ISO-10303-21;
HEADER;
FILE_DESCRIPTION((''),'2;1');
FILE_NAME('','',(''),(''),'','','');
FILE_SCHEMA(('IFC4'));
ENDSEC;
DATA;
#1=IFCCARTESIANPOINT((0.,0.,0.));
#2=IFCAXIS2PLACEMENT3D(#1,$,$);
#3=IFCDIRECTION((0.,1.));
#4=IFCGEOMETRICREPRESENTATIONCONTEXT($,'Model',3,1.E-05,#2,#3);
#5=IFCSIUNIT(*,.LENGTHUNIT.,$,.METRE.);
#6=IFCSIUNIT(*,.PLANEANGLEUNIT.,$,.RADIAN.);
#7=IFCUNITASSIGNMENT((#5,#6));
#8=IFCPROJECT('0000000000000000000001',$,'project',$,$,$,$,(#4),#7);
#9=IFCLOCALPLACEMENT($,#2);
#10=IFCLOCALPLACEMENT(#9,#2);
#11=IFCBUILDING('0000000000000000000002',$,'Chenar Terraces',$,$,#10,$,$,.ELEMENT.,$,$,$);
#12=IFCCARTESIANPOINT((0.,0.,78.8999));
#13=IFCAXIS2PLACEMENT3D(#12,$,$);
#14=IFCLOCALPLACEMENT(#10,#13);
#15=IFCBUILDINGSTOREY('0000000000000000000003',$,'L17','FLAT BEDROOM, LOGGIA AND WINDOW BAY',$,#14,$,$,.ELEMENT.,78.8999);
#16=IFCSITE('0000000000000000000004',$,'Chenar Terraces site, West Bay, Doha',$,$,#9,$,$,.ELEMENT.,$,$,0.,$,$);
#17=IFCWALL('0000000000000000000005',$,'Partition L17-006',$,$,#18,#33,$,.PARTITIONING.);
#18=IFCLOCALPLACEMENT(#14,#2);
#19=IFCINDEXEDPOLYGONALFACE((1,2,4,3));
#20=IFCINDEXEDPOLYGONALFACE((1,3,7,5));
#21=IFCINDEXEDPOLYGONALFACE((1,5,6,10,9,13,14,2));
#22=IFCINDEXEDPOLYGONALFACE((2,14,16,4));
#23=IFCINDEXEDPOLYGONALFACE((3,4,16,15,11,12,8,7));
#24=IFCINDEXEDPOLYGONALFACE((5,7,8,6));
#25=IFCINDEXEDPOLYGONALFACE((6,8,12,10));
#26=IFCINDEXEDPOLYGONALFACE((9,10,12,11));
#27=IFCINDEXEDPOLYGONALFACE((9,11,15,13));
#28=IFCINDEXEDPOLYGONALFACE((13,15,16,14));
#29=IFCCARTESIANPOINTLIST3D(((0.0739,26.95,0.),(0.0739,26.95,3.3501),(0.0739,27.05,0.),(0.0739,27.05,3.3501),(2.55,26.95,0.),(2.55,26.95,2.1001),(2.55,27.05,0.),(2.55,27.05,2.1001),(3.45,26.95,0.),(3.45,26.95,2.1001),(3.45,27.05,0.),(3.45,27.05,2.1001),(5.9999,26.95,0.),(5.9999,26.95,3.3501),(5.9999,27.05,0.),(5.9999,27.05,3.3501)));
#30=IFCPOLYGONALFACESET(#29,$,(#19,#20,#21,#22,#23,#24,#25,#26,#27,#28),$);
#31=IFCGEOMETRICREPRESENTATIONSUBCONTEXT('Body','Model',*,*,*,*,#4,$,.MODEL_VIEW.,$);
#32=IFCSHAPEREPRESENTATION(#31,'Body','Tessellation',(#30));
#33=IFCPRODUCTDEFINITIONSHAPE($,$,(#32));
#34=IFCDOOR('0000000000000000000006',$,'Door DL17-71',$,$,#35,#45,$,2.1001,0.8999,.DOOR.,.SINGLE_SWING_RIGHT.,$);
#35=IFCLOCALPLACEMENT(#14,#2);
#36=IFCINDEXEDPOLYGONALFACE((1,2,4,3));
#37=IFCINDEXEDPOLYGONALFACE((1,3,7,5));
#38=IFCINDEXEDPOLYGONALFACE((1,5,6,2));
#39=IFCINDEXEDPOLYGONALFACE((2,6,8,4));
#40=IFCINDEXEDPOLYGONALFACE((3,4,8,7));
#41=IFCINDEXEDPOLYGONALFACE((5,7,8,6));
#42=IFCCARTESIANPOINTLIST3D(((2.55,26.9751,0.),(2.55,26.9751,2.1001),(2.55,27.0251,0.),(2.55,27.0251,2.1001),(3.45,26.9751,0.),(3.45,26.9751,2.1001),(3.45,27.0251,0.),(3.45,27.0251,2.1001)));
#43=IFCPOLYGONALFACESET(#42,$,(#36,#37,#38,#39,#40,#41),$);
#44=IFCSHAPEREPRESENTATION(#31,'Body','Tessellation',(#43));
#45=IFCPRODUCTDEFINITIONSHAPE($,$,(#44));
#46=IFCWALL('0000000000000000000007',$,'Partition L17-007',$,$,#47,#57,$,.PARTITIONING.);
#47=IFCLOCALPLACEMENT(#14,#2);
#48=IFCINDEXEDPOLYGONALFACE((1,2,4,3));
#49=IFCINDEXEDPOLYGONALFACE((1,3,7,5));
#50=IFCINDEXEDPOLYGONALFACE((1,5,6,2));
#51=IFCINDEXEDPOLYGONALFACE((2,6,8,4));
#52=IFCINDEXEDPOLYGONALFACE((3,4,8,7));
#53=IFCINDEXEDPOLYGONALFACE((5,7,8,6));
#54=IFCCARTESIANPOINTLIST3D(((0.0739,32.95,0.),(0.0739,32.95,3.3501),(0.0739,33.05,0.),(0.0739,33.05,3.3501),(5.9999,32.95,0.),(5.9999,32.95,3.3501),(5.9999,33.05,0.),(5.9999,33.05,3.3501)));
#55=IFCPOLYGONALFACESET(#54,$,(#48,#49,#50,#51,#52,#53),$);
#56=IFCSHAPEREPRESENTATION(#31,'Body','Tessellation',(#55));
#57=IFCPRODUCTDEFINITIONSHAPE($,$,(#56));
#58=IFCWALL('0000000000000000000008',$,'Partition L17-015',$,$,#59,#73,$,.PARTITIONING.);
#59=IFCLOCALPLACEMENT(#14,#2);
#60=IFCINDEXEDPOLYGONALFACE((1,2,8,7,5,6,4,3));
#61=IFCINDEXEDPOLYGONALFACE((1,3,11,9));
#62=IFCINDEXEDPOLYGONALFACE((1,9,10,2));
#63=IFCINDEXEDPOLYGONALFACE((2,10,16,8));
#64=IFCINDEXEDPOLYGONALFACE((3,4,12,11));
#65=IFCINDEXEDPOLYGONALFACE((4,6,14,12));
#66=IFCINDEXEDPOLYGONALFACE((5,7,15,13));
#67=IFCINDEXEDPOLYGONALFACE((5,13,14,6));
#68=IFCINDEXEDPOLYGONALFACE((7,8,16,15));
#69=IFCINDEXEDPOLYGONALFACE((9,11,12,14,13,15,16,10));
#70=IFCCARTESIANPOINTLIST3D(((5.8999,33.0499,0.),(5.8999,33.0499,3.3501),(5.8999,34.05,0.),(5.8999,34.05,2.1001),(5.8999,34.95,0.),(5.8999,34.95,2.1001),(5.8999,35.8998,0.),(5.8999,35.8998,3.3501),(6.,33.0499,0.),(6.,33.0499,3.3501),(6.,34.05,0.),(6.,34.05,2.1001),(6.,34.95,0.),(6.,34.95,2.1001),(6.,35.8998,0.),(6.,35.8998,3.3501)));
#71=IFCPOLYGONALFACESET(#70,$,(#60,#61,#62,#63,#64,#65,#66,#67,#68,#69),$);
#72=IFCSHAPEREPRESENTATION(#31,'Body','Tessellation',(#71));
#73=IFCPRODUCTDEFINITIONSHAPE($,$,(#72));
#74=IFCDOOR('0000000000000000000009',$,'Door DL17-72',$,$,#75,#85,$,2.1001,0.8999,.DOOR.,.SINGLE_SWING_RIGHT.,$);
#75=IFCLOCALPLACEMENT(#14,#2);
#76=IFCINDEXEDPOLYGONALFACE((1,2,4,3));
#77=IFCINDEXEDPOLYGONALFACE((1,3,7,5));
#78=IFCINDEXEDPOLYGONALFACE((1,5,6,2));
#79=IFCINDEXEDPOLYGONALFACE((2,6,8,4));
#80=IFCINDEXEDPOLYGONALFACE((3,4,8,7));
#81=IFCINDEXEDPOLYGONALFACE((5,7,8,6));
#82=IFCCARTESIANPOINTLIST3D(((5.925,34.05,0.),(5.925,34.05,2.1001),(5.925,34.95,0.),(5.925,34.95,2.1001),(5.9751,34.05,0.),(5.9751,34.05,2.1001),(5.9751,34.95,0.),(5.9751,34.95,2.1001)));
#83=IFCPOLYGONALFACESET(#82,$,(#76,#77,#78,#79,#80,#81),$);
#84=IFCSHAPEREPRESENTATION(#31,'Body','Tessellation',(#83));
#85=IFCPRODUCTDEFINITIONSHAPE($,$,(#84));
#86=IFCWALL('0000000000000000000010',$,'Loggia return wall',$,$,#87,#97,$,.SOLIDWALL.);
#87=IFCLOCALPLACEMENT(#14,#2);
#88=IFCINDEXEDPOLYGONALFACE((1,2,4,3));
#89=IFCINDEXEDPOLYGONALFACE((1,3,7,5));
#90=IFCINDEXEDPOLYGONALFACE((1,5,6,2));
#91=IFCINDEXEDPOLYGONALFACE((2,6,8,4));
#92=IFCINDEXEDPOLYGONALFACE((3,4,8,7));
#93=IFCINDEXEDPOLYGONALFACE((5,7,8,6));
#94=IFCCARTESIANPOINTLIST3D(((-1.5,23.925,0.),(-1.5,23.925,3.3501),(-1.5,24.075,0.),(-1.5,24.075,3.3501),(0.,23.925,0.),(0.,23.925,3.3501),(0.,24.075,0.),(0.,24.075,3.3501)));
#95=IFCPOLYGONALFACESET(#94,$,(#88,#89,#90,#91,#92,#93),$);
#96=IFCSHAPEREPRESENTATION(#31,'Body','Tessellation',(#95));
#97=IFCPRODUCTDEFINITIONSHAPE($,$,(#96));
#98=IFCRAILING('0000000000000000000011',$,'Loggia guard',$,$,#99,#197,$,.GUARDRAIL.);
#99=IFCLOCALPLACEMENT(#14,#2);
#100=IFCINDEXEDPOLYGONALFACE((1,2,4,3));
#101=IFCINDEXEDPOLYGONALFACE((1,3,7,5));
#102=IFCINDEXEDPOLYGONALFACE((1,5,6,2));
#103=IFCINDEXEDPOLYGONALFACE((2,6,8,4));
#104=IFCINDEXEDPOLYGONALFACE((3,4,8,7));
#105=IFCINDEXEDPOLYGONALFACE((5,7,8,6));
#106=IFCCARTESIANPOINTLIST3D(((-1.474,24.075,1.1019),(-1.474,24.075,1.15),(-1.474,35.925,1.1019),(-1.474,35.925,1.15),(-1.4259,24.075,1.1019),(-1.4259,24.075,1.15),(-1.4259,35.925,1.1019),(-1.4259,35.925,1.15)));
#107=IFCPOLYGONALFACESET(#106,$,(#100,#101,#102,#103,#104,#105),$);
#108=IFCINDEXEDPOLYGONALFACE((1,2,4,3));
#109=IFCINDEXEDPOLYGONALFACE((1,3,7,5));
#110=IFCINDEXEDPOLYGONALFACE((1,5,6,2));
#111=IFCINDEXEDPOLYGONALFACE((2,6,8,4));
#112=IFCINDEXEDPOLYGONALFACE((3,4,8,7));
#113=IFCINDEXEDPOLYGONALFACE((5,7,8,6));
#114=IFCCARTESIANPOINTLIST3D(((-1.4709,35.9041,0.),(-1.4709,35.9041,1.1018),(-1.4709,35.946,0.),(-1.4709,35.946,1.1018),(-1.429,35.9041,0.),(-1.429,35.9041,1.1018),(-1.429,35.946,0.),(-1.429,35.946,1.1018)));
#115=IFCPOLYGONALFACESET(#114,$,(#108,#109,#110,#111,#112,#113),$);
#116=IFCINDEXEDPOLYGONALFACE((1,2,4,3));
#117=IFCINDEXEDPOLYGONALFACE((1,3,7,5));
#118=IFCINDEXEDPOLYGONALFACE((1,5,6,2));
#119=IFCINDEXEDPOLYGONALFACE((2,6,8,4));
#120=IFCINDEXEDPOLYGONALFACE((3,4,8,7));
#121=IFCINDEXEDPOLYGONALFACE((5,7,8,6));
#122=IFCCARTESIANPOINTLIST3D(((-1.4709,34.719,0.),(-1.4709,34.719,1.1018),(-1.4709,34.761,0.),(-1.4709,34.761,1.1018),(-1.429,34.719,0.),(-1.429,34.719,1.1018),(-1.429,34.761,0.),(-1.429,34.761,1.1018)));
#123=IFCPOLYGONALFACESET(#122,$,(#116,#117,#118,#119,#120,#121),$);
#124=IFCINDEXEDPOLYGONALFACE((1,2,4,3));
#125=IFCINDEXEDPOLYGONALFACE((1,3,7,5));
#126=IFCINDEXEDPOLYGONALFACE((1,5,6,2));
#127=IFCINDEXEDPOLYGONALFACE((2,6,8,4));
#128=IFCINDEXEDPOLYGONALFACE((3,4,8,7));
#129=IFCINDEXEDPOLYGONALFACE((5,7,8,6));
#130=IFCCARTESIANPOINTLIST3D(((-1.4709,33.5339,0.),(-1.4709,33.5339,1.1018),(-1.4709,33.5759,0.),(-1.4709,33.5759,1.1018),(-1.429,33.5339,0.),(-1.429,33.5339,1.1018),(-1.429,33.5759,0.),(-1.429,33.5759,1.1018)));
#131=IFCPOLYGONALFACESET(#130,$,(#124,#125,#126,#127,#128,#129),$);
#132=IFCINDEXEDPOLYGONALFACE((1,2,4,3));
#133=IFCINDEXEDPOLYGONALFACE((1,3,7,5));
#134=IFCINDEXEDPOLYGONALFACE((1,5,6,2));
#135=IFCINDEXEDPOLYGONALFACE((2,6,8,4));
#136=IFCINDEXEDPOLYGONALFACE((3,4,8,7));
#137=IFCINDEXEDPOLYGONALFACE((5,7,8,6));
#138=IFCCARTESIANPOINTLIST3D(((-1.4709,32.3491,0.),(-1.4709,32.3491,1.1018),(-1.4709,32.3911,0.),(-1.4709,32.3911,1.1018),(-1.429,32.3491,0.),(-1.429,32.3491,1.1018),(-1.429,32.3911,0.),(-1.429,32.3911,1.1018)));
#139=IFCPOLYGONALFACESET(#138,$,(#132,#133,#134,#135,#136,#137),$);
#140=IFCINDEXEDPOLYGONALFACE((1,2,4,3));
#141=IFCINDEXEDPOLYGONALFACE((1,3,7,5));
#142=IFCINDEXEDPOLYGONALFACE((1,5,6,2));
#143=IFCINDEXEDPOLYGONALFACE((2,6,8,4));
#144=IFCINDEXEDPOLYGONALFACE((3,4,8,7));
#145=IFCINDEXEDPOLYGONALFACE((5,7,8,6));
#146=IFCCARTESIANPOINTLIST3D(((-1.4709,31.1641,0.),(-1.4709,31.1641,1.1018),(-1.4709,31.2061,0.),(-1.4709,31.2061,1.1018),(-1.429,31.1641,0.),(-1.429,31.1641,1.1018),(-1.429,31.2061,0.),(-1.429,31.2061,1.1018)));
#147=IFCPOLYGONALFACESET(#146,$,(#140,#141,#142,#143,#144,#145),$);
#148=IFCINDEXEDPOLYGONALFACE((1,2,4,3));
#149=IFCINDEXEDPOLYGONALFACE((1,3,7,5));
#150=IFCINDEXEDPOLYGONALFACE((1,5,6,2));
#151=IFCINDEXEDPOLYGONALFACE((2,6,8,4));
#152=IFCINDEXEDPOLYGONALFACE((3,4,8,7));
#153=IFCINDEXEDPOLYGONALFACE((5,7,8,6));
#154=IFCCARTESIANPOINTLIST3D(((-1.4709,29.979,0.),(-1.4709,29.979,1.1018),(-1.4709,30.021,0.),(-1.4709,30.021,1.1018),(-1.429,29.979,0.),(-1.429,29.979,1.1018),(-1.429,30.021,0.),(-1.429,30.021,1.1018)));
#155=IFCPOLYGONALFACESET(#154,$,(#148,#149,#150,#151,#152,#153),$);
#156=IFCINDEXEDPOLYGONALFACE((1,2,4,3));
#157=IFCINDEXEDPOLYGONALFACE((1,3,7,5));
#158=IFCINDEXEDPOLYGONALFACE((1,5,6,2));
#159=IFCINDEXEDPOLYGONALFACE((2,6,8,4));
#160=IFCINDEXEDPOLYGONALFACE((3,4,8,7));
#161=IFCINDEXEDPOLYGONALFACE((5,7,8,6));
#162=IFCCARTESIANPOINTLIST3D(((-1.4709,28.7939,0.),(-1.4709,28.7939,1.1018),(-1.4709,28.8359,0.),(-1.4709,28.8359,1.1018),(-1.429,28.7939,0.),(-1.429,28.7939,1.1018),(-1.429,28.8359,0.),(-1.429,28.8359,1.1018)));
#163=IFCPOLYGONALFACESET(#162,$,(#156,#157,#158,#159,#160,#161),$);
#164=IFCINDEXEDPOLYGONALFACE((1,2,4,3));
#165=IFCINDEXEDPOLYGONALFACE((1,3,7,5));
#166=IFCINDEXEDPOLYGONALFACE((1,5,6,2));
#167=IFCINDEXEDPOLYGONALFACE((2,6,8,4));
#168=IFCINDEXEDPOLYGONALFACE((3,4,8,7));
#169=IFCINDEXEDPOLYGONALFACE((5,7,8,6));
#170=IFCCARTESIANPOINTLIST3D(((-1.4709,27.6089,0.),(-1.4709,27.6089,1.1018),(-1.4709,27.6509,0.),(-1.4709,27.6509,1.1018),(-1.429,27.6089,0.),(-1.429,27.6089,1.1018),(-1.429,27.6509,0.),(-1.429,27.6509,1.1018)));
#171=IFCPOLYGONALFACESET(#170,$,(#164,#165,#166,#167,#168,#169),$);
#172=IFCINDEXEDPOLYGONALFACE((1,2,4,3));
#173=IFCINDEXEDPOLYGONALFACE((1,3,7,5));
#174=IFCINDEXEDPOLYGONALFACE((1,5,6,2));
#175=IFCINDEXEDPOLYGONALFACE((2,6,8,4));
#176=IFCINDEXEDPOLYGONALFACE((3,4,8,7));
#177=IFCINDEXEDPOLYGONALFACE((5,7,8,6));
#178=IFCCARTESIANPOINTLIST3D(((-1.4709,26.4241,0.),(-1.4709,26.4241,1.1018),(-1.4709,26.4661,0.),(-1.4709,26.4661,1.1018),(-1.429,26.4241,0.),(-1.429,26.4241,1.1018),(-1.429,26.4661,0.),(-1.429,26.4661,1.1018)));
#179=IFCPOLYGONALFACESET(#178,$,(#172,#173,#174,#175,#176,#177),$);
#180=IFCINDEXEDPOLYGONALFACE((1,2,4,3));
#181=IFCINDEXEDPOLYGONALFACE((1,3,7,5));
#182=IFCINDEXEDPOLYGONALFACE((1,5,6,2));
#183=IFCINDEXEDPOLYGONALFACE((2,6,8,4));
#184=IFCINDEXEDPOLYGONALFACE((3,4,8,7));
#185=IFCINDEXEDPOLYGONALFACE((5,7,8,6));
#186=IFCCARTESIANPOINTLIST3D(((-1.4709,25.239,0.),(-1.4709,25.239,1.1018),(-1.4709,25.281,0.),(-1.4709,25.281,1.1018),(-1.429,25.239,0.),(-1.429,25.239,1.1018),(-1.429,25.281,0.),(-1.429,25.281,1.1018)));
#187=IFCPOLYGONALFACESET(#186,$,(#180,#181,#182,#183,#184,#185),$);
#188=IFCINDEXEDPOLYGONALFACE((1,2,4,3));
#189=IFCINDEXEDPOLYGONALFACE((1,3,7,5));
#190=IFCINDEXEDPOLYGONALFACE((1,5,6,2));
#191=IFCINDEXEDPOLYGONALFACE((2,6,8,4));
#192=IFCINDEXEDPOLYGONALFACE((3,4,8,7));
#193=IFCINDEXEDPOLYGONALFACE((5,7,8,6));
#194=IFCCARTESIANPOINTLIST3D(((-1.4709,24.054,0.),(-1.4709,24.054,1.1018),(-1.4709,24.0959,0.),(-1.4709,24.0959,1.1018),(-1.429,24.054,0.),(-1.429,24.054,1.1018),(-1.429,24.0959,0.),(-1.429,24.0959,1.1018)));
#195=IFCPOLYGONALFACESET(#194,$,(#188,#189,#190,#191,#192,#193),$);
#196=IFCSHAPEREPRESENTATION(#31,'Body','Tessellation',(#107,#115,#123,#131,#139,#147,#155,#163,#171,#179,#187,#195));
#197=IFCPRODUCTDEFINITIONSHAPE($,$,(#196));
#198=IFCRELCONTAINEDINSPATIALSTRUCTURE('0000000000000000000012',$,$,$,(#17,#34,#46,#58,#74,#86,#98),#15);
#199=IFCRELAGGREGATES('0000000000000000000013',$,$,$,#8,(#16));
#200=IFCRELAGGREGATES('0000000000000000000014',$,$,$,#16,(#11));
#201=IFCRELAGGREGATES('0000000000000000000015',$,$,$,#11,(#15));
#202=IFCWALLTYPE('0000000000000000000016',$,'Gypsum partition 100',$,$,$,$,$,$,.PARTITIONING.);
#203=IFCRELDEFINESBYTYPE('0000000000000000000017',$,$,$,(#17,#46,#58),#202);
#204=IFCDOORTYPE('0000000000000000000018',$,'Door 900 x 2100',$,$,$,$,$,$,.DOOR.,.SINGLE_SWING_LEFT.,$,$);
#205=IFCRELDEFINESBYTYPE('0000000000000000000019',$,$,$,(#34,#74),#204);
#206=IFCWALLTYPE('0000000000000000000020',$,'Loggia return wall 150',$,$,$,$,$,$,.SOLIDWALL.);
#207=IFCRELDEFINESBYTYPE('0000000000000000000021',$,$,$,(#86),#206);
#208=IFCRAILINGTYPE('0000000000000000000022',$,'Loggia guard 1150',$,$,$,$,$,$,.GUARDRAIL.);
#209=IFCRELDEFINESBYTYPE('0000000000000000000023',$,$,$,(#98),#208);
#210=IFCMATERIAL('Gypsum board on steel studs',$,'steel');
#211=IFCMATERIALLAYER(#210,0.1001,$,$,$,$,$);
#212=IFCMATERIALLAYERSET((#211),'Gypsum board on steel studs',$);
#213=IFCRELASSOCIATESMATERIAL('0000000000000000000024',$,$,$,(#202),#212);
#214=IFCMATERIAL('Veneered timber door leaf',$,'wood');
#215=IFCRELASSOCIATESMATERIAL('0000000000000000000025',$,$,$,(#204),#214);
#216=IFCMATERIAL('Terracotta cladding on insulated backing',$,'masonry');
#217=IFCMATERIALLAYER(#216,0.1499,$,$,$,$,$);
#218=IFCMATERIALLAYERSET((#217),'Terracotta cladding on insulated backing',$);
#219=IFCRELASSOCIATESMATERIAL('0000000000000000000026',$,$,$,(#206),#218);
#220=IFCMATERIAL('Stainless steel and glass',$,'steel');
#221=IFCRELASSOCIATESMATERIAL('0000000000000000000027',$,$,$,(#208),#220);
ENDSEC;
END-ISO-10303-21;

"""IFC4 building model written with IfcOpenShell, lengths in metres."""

from ifc_helpers import new_model, si_unit, direction, frame, frame_2d, origin, origin_2d, place, context, subcontext, project, spatial, rectangle, extrude, material, layer, layer_set, type_object, element, fill, save


model = new_model("IFC4")

# Units and contexts
model_context = context("Model", 3, precision=1e-05, world=origin(), true_north=direction((0.0, 1.0)))
body_context = subcontext(model_context, "Body", "Model", "MODEL_VIEW")
ifc_project = project(units=[si_unit("LENGTHUNIT", "METRE"), si_unit("PLANEANGLEUNIT", "RADIAN")], contexts=[model_context])

# Site, building, storey
site_placement = place(None, origin())
site = spatial("IfcSite", under=ifc_project, at=site_placement, Name="Chenar Terraces site, West Bay, Doha", CompositionType="ELEMENT", RefElevation=0.0)
building_placement = place(site_placement, origin())
building = spatial("IfcBuilding", under=site, at=building_placement, Name="Chenar Terraces", CompositionType="ELEMENT")
storey_placement = place(building_placement, frame((0.0, 0.0, 78.8999)))
storey = spatial("IfcBuildingStorey", under=building, at=storey_placement, Name="L17", Description="FLAT BEDROOM, LOGGIA AND WINDOW BAY", CompositionType="ELEMENT", Elevation=78.8999)

# Wall, opening, door
ifc_material_1 = material(Name="Gypsum board on steel studs", Category="steel")
ifc_layer_1 = layer(ifc_material_1, 0.1001)
ifc_layer_set_1 = layer_set([ifc_layer_1], Name="Gypsum board on steel studs")
wall_type_1 = type_object("IfcWallType", Name="Gypsum partition 100", PredefinedType="PARTITIONING", material=ifc_layer_set_1)
wall_1_placement = place(storey_placement, frame((0.074, 27.0, 0.0), z_axis=(0.0, 0.0, 1.0), x_axis=(1.0, 0.0, 0.0)))
wall_1 = element("IfcWall", 1, at=wall_1_placement, inside=storey, type_object=wall_type_1, Name="Partition L17-006", PredefinedType="PARTITIONING", context=body_context, shape_type="SweptSolid", body=[
    extrude(rectangle(XDim=5.926, YDim=0.1001, at=frame_2d((2.9629, 0.0))), origin(), (0.0, 0.0, 1.0), 3.3501),
])
opening_1_placement = place(wall_1_placement, frame((2.4761, 0.0, 0.0)))
opening_1 = element("IfcOpeningElement", 2, at=opening_1_placement, cuts=wall_1, PredefinedType="OPENING", context=body_context, shape_type="SweptSolid", body=[
    extrude(rectangle(XDim=0.8999, YDim=2.1001, at=frame_2d((0.45, 1.05))), frame((0.0, 0.0601, 0.0), z_axis=(0.0, -1.0, 0.0), x_axis=(1.0, 0.0, 0.0)), (0.0, 0.0, 1.0), 0.1201),
])
ifc_material_2 = material(Name="Veneered timber door leaf", Category="wood")
door_type_1 = type_object("IfcDoorType", Name="Door 900 x 2100", OperationType="SINGLE_SWING_LEFT", PredefinedType="DOOR", material=ifc_material_2)
door_1_placement = place(opening_1_placement, frame((0.8999, 0.0, 0.0), z_axis=(0.0, 0.0, 1.0), x_axis=(-1.0, 0.0, 0.0)))
door_1 = element("IfcDoor", 3, at=door_1_placement, inside=storey, type_object=door_type_1, Name="Door DL17-71", OperationType="SINGLE_SWING_RIGHT", OverallHeight=2.1001, OverallWidth=0.8999, PredefinedType="DOOR", context=body_context, shape_type="SweptSolid", body=[
    extrude(rectangle(XDim=0.8999, YDim=2.1001, at=frame_2d((0.45, 1.05))), frame((0.0, 0.0249, 0.0), z_axis=(0.0, -1.0, 0.0), x_axis=(1.0, 0.0, 0.0)), (0.0, 0.0, 1.0), 0.05),
])
fill(opening_1, door_1)

# Wall
wall_2_placement = place(storey_placement, frame((0.074, 33.0, 0.0), z_axis=(0.0, 0.0, 1.0), x_axis=(1.0, 0.0, 0.0)))
element("IfcWall", 4, at=wall_2_placement, inside=storey, type_object=wall_type_1, Name="Partition L17-007", PredefinedType="PARTITIONING", context=body_context, shape_type="SweptSolid", body=[
    extrude(rectangle(XDim=5.926, YDim=0.1001, at=frame_2d((2.9629, 0.0))), origin(), (0.0, 0.0, 1.0), 3.3501),
])

# Wall, opening, door
wall_3_placement = place(storey_placement, frame((5.95, 33.05, 0.0), z_axis=(0.0, 0.0, 1.0), x_axis=(0.0, 1.0, 0.0)))
wall_3 = element("IfcWall", 5, at=wall_3_placement, inside=storey, type_object=wall_type_1, Name="Partition L17-015", PredefinedType="PARTITIONING", context=body_context, shape_type="SweptSolid", body=[
    extrude(rectangle(XDim=2.8499, YDim=0.1001, at=frame_2d((1.4248, 0.0))), origin(), (0.0, 0.0, 1.0), 3.3501),
])
opening_2_placement = place(wall_3_placement, frame((1.0, 0.0, 0.0)))
opening_2 = element("IfcOpeningElement", 6, at=opening_2_placement, cuts=wall_3, PredefinedType="OPENING", context=body_context, shape_type="SweptSolid", body=[
    extrude(rectangle(XDim=0.8999, YDim=2.1001, at=frame_2d((0.45, 1.05))), frame((0.0, 0.0601, 0.0), z_axis=(0.0, -1.0, 0.0), x_axis=(1.0, 0.0, 0.0)), (0.0, 0.0, 1.0), 0.1201),
])
door_2_placement = place(opening_2_placement, origin())
door_2 = element("IfcDoor", 7, at=door_2_placement, inside=storey, type_object=door_type_1, Name="Door DL17-72", OperationType="SINGLE_SWING_RIGHT", OverallHeight=2.1001, OverallWidth=0.8999, PredefinedType="DOOR", context=body_context, shape_type="SweptSolid", body=[
    extrude(rectangle(XDim=0.8999, YDim=2.1001, at=frame_2d((0.45, 1.05))), frame((0.0, 0.0249, 0.0), z_axis=(0.0, -1.0, 0.0), x_axis=(1.0, 0.0, 0.0)), (0.0, 0.0, 1.0), 0.05),
])
fill(opening_2, door_2)

# Wall
ifc_material_3 = material(Name="Terracotta cladding on insulated backing", Category="masonry")
ifc_layer_2 = layer(ifc_material_3, 0.1499)
ifc_layer_set_2 = layer_set([ifc_layer_2], Name="Terracotta cladding on insulated backing")
wall_type_2 = type_object("IfcWallType", Name="Loggia return wall 150", PredefinedType="SOLIDWALL", material=ifc_layer_set_2)
wall_4_placement = place(storey_placement, frame((-1.5, 24.0, 0.0), z_axis=(0.0, 0.0, 1.0), x_axis=(1.0, 0.0, 0.0)))
element("IfcWall", 8, at=wall_4_placement, inside=storey, type_object=wall_type_2, Name="Loggia return wall", PredefinedType="SOLIDWALL", context=body_context, shape_type="SweptSolid", body=[
    extrude(rectangle(XDim=1.5, YDim=0.1499, at=frame_2d((0.75, 0.0))), origin(), (0.0, 0.0, 1.0), 3.3501),
])

# Railing
ifc_material_4 = material(Name="Stainless steel and glass", Category="steel")
railing_type = type_object("IfcRailingType", Name="Loggia guard 1150", PredefinedType="GUARDRAIL", material=ifc_material_4)
railing_placement = place(storey_placement, frame((-1.45, 35.925, 0.0)))
element("IfcRailing", 9, at=railing_placement, inside=storey, type_object=railing_type, Name="Loggia guard", PredefinedType="GUARDRAIL", context=body_context, shape_type="SweptSolid", body=[
    extrude(rectangle(XDim=0.0481, YDim=0.0481, at=origin_2d()), frame((0.0, 0.0, 1.126), z_axis=(0.0, -1.0, 0.0), x_axis=(1.0, 0.0, 0.0)), (0.0, 0.0, 1.0), 11.8501),
    extrude(rectangle(XDim=0.042, YDim=0.042, at=origin_2d()), origin(), (0.0, 0.0, 1.0), 1.1018),
    extrude(rectangle(XDim=0.042, YDim=0.042, at=origin_2d()), frame((0.0, -1.1851, 0.0)), (0.0, 0.0, 1.0), 1.1018),
    extrude(rectangle(XDim=0.042, YDim=0.042, at=origin_2d()), frame((0.0, -2.3701, 0.0)), (0.0, 0.0, 1.0), 1.1018),
    extrude(rectangle(XDim=0.042, YDim=0.042, at=origin_2d()), frame((0.0, -3.5549, 0.0)), (0.0, 0.0, 1.0), 1.1018),
    extrude(rectangle(XDim=0.042, YDim=0.042, at=origin_2d()), frame((0.0, -4.74, 0.0)), (0.0, 0.0, 1.0), 1.1018),
    extrude(rectangle(XDim=0.042, YDim=0.042, at=origin_2d()), frame((0.0, -5.925, 0.0)), (0.0, 0.0, 1.0), 1.1018),
    extrude(rectangle(XDim=0.042, YDim=0.042, at=origin_2d()), frame((0.0, -7.1101, 0.0)), (0.0, 0.0, 1.0), 1.1018),
    extrude(rectangle(XDim=0.042, YDim=0.042, at=origin_2d()), frame((0.0, -8.2952, 0.0)), (0.0, 0.0, 1.0), 1.1018),
    extrude(rectangle(XDim=0.042, YDim=0.042, at=origin_2d()), frame((0.0, -9.48, 0.0)), (0.0, 0.0, 1.0), 1.1018),
    extrude(rectangle(XDim=0.042, YDim=0.042, at=origin_2d()), frame((0.0, -10.665, 0.0)), (0.0, 0.0, 1.0), 1.1018),
    extrude(rectangle(XDim=0.042, YDim=0.042, at=origin_2d()), frame((0.0, -11.8501, 0.0)), (0.0, 0.0, 1.0), 1.1018),
])

save(model, "model.ifc")
